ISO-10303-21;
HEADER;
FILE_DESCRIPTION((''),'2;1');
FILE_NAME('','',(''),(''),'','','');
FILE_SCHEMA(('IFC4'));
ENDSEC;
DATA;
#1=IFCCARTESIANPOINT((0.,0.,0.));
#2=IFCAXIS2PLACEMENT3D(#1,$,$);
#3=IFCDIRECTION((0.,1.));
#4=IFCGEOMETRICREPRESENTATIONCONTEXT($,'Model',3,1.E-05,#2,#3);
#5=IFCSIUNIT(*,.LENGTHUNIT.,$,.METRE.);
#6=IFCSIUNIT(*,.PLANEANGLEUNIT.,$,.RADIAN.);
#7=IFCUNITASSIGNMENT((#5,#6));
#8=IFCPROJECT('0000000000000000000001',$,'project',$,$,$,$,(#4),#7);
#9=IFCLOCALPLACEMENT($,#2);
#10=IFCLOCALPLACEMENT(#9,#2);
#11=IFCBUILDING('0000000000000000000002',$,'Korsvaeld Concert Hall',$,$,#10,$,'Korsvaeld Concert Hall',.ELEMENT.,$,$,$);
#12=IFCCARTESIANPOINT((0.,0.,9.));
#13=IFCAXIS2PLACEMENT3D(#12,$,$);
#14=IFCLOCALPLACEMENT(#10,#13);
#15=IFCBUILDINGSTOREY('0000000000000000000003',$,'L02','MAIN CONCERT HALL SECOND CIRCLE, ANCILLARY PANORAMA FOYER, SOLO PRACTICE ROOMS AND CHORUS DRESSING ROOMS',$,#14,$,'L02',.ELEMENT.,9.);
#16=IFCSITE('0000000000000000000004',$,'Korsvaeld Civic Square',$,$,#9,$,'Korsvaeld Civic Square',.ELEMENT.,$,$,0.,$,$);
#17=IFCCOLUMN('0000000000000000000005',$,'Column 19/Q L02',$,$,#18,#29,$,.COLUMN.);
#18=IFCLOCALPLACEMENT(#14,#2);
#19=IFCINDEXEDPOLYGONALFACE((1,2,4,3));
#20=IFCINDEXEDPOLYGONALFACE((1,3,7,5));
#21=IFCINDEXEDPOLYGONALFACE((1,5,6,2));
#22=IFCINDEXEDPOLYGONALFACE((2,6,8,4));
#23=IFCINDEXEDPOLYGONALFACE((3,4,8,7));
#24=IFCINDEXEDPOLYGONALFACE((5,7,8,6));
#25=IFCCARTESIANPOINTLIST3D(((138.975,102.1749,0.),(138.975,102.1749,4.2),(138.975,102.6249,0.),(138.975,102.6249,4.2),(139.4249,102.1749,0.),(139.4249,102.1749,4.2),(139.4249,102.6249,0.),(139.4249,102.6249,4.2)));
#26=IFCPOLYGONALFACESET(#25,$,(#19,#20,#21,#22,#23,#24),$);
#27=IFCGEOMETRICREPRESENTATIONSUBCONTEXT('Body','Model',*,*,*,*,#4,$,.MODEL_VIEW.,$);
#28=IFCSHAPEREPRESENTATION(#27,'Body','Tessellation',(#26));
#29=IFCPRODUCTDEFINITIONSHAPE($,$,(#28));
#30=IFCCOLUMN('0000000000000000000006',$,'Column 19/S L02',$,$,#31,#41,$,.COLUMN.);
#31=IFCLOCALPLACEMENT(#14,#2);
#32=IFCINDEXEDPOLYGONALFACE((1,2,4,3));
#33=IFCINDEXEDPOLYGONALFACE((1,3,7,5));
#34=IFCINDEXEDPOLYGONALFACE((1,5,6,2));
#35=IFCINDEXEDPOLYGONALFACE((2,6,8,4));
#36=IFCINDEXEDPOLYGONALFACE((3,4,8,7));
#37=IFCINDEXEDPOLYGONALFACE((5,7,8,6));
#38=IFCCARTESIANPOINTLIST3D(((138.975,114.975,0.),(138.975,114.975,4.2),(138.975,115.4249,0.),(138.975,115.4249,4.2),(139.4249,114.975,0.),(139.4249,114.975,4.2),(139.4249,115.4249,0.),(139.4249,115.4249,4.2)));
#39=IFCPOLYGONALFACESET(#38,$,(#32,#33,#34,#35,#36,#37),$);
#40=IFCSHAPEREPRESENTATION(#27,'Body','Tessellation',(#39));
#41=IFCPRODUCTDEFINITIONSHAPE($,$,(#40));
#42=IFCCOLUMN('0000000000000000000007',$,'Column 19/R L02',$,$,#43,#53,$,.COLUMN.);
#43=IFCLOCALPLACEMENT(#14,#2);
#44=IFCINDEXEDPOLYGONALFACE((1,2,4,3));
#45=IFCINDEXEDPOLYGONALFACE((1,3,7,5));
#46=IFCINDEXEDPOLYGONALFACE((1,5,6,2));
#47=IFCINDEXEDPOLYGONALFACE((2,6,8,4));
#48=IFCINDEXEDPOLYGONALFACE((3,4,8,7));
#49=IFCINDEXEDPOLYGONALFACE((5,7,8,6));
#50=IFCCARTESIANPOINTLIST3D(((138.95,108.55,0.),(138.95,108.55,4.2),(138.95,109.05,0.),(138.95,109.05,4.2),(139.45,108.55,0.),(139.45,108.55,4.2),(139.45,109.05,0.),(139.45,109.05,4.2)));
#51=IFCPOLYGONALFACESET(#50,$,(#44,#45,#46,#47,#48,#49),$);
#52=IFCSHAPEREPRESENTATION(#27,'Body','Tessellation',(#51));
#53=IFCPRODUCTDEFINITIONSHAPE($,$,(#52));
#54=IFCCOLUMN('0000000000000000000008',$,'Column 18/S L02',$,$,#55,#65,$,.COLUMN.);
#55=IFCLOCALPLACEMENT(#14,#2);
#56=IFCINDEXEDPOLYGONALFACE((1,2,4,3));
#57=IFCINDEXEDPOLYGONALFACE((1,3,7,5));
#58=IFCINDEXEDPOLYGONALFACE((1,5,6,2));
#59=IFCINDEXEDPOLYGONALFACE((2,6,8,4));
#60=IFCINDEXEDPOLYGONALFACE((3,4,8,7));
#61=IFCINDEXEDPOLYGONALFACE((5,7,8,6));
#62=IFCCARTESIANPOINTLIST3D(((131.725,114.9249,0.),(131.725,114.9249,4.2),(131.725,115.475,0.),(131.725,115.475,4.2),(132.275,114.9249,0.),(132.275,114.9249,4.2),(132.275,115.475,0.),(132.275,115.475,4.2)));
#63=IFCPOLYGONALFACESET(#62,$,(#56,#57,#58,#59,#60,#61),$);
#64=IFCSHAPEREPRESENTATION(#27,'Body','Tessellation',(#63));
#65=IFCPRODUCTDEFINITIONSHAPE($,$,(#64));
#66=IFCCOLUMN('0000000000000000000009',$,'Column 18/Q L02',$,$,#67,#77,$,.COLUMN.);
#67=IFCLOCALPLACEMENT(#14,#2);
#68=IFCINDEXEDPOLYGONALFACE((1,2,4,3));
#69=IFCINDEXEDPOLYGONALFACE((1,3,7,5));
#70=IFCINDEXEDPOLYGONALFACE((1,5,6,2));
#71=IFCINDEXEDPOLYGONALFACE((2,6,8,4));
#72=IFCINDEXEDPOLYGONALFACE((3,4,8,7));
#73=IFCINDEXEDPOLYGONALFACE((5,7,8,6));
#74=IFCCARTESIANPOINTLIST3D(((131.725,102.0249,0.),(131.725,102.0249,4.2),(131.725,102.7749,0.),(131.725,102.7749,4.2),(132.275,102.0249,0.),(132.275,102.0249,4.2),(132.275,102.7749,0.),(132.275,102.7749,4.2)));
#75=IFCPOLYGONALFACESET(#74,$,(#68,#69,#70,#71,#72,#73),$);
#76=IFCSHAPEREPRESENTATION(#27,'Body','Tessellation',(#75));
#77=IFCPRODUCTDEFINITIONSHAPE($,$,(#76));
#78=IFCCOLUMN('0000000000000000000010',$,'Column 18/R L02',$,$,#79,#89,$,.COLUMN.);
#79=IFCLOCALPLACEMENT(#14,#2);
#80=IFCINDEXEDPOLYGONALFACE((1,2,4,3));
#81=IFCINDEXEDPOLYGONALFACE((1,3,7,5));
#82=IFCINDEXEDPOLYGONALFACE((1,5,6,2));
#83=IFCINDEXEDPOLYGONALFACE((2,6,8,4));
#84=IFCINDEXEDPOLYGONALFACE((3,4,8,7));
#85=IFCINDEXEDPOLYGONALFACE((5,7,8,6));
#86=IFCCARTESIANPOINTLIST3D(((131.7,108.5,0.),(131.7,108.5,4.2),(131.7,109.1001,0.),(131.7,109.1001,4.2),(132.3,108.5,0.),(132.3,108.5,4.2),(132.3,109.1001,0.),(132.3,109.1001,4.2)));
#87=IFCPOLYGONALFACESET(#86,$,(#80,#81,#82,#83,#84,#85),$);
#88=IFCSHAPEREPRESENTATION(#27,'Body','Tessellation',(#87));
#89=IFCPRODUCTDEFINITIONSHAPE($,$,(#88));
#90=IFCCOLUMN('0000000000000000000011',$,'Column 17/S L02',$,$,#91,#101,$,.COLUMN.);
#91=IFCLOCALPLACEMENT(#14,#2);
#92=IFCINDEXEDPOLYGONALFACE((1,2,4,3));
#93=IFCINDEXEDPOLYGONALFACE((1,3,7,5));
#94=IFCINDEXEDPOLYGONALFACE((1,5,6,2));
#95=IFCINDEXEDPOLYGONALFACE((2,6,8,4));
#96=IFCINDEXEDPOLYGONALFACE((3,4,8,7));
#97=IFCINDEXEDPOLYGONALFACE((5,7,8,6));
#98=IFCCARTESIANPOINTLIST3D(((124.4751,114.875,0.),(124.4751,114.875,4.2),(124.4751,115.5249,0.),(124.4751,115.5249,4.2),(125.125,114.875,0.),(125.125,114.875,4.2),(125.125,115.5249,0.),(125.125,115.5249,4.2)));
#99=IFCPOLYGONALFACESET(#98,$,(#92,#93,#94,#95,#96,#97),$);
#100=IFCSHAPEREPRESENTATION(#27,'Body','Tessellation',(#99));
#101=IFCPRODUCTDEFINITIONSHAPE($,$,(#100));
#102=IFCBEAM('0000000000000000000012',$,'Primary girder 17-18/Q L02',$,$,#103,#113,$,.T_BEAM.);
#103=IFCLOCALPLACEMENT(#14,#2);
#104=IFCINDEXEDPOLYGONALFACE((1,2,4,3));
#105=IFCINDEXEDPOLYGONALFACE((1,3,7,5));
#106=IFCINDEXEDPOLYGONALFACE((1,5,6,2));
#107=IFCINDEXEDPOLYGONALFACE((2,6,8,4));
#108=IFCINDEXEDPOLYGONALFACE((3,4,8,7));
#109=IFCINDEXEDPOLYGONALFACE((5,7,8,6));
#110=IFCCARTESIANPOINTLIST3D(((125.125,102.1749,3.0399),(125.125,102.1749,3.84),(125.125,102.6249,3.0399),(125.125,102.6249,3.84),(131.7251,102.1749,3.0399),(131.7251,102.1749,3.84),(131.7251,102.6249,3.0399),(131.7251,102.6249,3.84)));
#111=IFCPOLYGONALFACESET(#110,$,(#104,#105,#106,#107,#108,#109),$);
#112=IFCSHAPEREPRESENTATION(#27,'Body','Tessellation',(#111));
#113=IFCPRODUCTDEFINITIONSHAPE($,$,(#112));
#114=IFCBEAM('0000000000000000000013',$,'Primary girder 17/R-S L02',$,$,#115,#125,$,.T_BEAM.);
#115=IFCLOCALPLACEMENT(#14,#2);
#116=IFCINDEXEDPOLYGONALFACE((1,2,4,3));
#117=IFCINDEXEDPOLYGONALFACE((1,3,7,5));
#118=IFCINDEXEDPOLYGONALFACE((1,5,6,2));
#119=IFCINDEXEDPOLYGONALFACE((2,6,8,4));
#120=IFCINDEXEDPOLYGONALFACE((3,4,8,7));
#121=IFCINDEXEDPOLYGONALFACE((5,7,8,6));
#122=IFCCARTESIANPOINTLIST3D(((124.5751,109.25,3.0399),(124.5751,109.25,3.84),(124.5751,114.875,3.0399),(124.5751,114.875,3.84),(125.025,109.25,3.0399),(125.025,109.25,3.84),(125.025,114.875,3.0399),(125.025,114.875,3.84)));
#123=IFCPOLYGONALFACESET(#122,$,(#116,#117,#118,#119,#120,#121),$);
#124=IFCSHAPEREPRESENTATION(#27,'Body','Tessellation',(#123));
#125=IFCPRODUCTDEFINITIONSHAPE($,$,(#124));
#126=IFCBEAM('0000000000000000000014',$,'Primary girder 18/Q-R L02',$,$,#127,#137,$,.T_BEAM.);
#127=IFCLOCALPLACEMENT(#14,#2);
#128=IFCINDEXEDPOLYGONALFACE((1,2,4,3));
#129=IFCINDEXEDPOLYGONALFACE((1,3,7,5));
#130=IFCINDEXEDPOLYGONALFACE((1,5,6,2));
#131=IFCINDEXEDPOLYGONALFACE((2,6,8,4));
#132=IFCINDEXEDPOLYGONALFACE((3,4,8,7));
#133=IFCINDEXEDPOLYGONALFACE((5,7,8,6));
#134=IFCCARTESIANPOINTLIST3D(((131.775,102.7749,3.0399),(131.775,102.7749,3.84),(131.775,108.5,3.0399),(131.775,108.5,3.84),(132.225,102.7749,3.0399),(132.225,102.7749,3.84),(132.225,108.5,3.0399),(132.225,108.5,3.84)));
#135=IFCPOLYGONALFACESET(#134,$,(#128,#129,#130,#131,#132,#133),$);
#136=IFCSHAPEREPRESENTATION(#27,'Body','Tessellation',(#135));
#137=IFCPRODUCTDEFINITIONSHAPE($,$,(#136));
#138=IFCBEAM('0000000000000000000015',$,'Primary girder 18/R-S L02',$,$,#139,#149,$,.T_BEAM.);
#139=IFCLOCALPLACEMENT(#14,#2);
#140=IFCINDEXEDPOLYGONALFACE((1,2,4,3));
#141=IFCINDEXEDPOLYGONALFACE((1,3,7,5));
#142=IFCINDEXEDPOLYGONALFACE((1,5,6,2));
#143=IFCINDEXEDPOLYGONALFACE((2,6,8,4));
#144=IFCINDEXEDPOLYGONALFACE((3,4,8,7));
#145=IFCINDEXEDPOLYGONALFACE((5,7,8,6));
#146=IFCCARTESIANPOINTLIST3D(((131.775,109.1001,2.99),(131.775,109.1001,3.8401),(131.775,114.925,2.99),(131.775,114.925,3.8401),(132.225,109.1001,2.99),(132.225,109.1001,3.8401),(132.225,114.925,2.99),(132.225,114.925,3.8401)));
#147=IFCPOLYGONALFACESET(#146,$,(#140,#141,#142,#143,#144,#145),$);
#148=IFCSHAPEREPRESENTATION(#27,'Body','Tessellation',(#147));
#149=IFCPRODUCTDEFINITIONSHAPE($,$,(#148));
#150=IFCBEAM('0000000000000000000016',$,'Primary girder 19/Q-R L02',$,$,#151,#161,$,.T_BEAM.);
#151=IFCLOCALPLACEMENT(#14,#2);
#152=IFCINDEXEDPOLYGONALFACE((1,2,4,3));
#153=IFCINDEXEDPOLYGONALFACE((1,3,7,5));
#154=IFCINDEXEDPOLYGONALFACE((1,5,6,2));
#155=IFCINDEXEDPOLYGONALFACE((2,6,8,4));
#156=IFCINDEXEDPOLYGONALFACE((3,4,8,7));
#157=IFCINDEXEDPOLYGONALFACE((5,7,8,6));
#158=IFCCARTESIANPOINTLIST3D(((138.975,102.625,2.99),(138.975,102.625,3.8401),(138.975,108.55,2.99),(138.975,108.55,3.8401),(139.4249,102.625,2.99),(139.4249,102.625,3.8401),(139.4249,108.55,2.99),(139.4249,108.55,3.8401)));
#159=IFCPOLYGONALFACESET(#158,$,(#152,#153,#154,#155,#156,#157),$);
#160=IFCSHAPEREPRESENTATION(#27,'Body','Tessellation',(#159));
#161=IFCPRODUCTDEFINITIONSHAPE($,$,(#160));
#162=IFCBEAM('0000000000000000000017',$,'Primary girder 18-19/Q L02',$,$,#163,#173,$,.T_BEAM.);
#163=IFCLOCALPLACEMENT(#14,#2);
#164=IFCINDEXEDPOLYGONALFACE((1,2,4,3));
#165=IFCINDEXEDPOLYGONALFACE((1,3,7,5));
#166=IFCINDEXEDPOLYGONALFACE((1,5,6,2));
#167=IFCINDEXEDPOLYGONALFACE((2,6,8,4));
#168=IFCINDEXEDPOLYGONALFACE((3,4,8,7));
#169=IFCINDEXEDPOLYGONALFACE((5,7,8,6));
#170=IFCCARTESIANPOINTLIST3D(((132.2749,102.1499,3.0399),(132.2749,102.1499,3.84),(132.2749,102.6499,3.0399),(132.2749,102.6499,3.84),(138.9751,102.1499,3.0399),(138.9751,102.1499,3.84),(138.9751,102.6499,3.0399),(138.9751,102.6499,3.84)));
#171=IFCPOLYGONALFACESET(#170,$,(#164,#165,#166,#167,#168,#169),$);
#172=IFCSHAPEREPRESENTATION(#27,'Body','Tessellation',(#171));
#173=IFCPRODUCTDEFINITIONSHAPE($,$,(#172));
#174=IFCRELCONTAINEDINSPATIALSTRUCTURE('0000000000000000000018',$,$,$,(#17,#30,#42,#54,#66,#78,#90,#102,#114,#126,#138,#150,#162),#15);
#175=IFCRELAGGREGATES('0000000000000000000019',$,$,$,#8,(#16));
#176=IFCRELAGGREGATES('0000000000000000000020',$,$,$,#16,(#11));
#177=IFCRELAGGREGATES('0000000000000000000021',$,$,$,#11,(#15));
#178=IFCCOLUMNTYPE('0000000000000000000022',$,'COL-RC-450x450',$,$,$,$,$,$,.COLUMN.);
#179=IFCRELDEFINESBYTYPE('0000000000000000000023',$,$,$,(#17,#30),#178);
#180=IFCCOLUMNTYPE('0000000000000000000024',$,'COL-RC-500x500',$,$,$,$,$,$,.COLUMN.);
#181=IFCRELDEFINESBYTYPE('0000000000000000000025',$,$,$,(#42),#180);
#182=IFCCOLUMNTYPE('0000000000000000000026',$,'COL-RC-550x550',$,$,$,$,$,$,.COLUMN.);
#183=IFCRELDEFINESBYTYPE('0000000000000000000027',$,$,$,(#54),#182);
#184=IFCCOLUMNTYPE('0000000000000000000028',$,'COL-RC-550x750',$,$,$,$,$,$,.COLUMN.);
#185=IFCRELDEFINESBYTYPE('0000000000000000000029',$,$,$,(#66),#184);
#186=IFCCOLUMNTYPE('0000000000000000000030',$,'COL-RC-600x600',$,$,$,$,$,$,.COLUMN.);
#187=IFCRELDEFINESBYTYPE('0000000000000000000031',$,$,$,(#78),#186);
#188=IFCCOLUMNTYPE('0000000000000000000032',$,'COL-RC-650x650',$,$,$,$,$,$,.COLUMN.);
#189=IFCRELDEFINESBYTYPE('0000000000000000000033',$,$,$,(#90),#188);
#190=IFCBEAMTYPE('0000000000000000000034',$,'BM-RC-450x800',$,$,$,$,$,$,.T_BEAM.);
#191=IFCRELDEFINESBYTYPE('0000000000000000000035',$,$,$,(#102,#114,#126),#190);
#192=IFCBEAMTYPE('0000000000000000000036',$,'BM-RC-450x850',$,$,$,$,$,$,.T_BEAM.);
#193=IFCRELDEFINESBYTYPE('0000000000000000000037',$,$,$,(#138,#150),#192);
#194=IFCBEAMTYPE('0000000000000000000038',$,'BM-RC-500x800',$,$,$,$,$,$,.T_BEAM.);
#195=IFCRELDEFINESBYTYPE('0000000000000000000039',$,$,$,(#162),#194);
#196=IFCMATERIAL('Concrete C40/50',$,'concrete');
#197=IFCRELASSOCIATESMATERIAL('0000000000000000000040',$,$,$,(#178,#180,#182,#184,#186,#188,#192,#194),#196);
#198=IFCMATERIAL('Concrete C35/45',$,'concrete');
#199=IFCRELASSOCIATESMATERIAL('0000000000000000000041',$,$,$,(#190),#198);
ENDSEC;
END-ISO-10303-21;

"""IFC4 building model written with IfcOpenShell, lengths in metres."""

from ifc_helpers import new_model, si_unit, direction, frame, origin, origin_2d, place, context, subcontext, project, spatial, rectangle, extrude, material, material_profile, profile_set, type_object, element, save


model = new_model("IFC4")

# Units and contexts
model_context = context("Model", 3, precision=1e-05, world=origin(), true_north=direction((0.0, 1.0)))
body_context = subcontext(model_context, "Body", "Model", "MODEL_VIEW")
ifc_project = project(units=[si_unit("LENGTHUNIT", "METRE"), si_unit("PLANEANGLEUNIT", "RADIAN")], contexts=[model_context])

# Site, building, storey
site_placement = place(None, origin())
site = spatial("IfcSite", under=ifc_project, at=site_placement, Name="Korsvaeld Civic Square", LongName="Korsvaeld Civic Square", CompositionType="ELEMENT", RefElevation=0.0)
building_placement = place(site_placement, origin())
building = spatial("IfcBuilding", under=site, at=building_placement, Name="Korsvaeld Concert Hall", LongName="Korsvaeld Concert Hall", CompositionType="ELEMENT")
storey_placement = place(building_placement, frame((0.0, 0.0, 9.0)))
storey = spatial("IfcBuildingStorey", under=building, at=storey_placement, Name="L02", Description="MAIN CONCERT HALL SECOND CIRCLE, ANCILLARY PANORAMA FOYER, SOLO PRACTICE ROOMS AND CHORUS DRESSING ROOMS", LongName="L02", CompositionType="ELEMENT", Elevation=9.0)

# Columns
ifc_material_1 = material(Name="Concrete C40/50", Category="concrete")
ifc_material_profile_1 = material_profile(ifc_material_1, rectangle(XDim=0.45, YDim=0.45, at=origin_2d()), Name="RC 450x450")
ifc_profile_set_1 = profile_set([ifc_material_profile_1], Name="Concrete C40/50")
column_type_1 = type_object("IfcColumnType", Name="COL-RC-450x450", PredefinedType="COLUMN", material=ifc_profile_set_1)
for number, where, z_axis, x_axis, name in (
    (1, (139.2, 102.3999, 0.0), (0.0, 0.0, 1.0), (1.0, 0.0, 0.0), "Column 19/Q L02"),
    (2, (139.2, 115.2, 0.0), (0.0, 0.0, 1.0), (1.0, 0.0, 0.0), "Column 19/S L02"),
):
    element("IfcColumn", number, at=place(storey_placement, frame(where, z_axis=z_axis, x_axis=x_axis)), inside=storey, type_object=column_type_1, Name=name, PredefinedType="COLUMN", context=body_context, shape_type="SweptSolid", body=[
        extrude(rectangle(XDim=0.45, YDim=0.45, at=origin_2d()), origin(), (0.0, 0.0, 1.0), 4.2),
    ])
ifc_material_profile_2 = material_profile(ifc_material_1, rectangle(XDim=0.5, YDim=0.5, at=origin_2d()), Name="RC 500x500")
ifc_profile_set_2 = profile_set([ifc_material_profile_2], Name="Concrete C40/50")
column_type_2 = type_object("IfcColumnType", Name="COL-RC-500x500", PredefinedType="COLUMN", material=ifc_profile_set_2)
column_1_placement = place(storey_placement, frame((139.2, 108.8, 0.0), z_axis=(0.0, 0.0, 1.0), x_axis=(1.0, 0.0, 0.0)))
element("IfcColumn", 3, at=column_1_placement, inside=storey, type_object=column_type_2, Name="Column 19/R L02", PredefinedType="COLUMN", context=body_context, shape_type="SweptSolid", body=[
    extrude(rectangle(XDim=0.5, YDim=0.5, at=origin_2d()), origin(), (0.0, 0.0, 1.0), 4.2),
])
ifc_material_profile_3 = material_profile(ifc_material_1, rectangle(XDim=0.55, YDim=0.55, at=origin_2d()), Name="RC 550x550")
ifc_profile_set_3 = profile_set([ifc_material_profile_3], Name="Concrete C40/50")
column_type_3 = type_object("IfcColumnType", Name="COL-RC-550x550", PredefinedType="COLUMN", material=ifc_profile_set_3)
column_2_placement = place(storey_placement, frame((132.0, 115.2, 0.0), z_axis=(0.0, 0.0, 1.0), x_axis=(1.0, 0.0, 0.0)))
element("IfcColumn", 4, at=column_2_placement, inside=storey, type_object=column_type_3, Name="Column 18/S L02", PredefinedType="COLUMN", context=body_context, shape_type="SweptSolid", body=[
    extrude(rectangle(XDim=0.55, YDim=0.55, at=origin_2d()), origin(), (0.0, 0.0, 1.0), 4.2),
])
ifc_material_profile_4 = material_profile(ifc_material_1, rectangle(XDim=0.55, YDim=0.75, at=origin_2d()), Name="RC 550x750")
ifc_profile_set_4 = profile_set([ifc_material_profile_4], Name="Concrete C40/50")
column_type_4 = type_object("IfcColumnType", Name="COL-RC-550x750", PredefinedType="COLUMN", material=ifc_profile_set_4)
column_3_placement = place(storey_placement, frame((132.0, 102.3999, 0.0), z_axis=(0.0, 0.0, 1.0), x_axis=(1.0, 0.0, 0.0)))
element("IfcColumn", 5, at=column_3_placement, inside=storey, type_object=column_type_4, Name="Column 18/Q L02", PredefinedType="COLUMN", context=body_context, shape_type="SweptSolid", body=[
    extrude(rectangle(XDim=0.55, YDim=0.75, at=origin_2d()), origin(), (0.0, 0.0, 1.0), 4.2),
])
ifc_material_profile_5 = material_profile(ifc_material_1, rectangle(XDim=0.6001, YDim=0.6001, at=origin_2d()), Name="RC 600x600")
ifc_profile_set_5 = profile_set([ifc_material_profile_5], Name="Concrete C40/50")
column_type_5 = type_object("IfcColumnType", Name="COL-RC-600x600", PredefinedType="COLUMN", material=ifc_profile_set_5)
column_4_placement = place(storey_placement, frame((132.0, 108.8, 0.0), z_axis=(0.0, 0.0, 1.0), x_axis=(1.0, 0.0, 0.0)))
element("IfcColumn", 6, at=column_4_placement, inside=storey, type_object=column_type_5, Name="Column 18/R L02", PredefinedType="COLUMN", context=body_context, shape_type="SweptSolid", body=[
    extrude(rectangle(XDim=0.6001, YDim=0.6001, at=origin_2d()), origin(), (0.0, 0.0, 1.0), 4.2),
])
ifc_material_profile_6 = material_profile(ifc_material_1, rectangle(XDim=0.6499, YDim=0.6499, at=origin_2d()), Name="RC 650x650")
ifc_profile_set_6 = profile_set([ifc_material_profile_6], Name="Concrete C40/50")
column_type_6 = type_object("IfcColumnType", Name="COL-RC-650x650", PredefinedType="COLUMN", material=ifc_profile_set_6)
column_5_placement = place(storey_placement, frame((124.8, 115.2, 0.0), z_axis=(0.0, 0.0, 1.0), x_axis=(1.0, 0.0, 0.0)))
element("IfcColumn", 7, at=column_5_placement, inside=storey, type_object=column_type_6, Name="Column 17/S L02", PredefinedType="COLUMN", context=body_context, shape_type="SweptSolid", body=[
    extrude(rectangle(XDim=0.6499, YDim=0.6499, at=origin_2d()), origin(), (0.0, 0.0, 1.0), 4.2),
])

# Beams
ifc_material_2 = material(Name="Concrete C35/45", Category="concrete")
ifc_material_profile_7 = material_profile(ifc_material_2, rectangle(XDim=0.45, YDim=0.8, at=origin_2d()), Name="RC 450x800")
ifc_profile_set_7 = profile_set([ifc_material_profile_7], Name="Concrete C35/45")
beam_type_1 = type_object("IfcBeamType", Name="BM-RC-450x800", PredefinedType="T_BEAM", material=ifc_profile_set_7)
beam_1_placement = place(storey_placement, frame((125.125, 102.3999, 3.4399), z_axis=(1.0, 0.0, 0.0), x_axis=(0.0, 1.0, 0.0)))
element("IfcBeam", 8, at=beam_1_placement, inside=storey, type_object=beam_type_1, Name="Primary girder 17-18/Q L02", PredefinedType="T_BEAM", context=body_context, shape_type="SweptSolid", body=[
    extrude(rectangle(XDim=0.45, YDim=0.8, at=origin_2d()), origin(), (0.0, 0.0, 1.0), 6.6001),
])
beam_2_placement = place(storey_placement, frame((124.8, 109.25, 3.4399), z_axis=(0.0, 1.0, 0.0), x_axis=(-1.0, 0.0, 0.0)))
element("IfcBeam", 9, at=beam_2_placement, inside=storey, type_object=beam_type_1, Name="Primary girder 17/R-S L02", PredefinedType="T_BEAM", context=body_context, shape_type="SweptSolid", body=[
    extrude(rectangle(XDim=0.45, YDim=0.8, at=origin_2d()), origin(), (0.0, 0.0, 1.0), 5.625),
])
beam_3_placement = place(storey_placement, frame((132.0, 102.7749, 3.4399), z_axis=(0.0, 1.0, 0.0), x_axis=(-1.0, 0.0, 0.0)))
element("IfcBeam", 10, at=beam_3_placement, inside=storey, type_object=beam_type_1, Name="Primary girder 18/Q-R L02", PredefinedType="T_BEAM", context=body_context, shape_type="SweptSolid", body=[
    extrude(rectangle(XDim=0.45, YDim=0.8, at=origin_2d()), origin(), (0.0, 0.0, 1.0), 5.7251),
])
ifc_material_profile_8 = material_profile(ifc_material_1, rectangle(XDim=0.45, YDim=0.8501, at=origin_2d()), Name="RC 450x850")
ifc_profile_set_8 = profile_set([ifc_material_profile_8], Name="Concrete C40/50")
beam_type_2 = type_object("IfcBeamType", Name="BM-RC-450x850", PredefinedType="T_BEAM", material=ifc_profile_set_8)
beam_4_placement = place(storey_placement, frame((132.0, 109.1001, 3.415), z_axis=(0.0, 1.0, 0.0), x_axis=(-1.0, 0.0, 0.0)))
element("IfcBeam", 11, at=beam_4_placement, inside=storey, type_object=beam_type_2, Name="Primary girder 18/R-S L02", PredefinedType="T_BEAM", context=body_context, shape_type="SweptSolid", body=[
    extrude(rectangle(XDim=0.45, YDim=0.8501, at=origin_2d()), origin(), (0.0, 0.0, 1.0), 5.825),
])
beam_5_placement = place(storey_placement, frame((139.2, 102.625, 3.415), z_axis=(0.0, 1.0, 0.0), x_axis=(-1.0, 0.0, 0.0)))
element("IfcBeam", 12, at=beam_5_placement, inside=storey, type_object=beam_type_2, Name="Primary girder 19/Q-R L02", PredefinedType="T_BEAM", context=body_context, shape_type="SweptSolid", body=[
    extrude(rectangle(XDim=0.45, YDim=0.8501, at=origin_2d()), origin(), (0.0, 0.0, 1.0), 5.925),
])
ifc_material_profile_9 = material_profile(ifc_material_1, rectangle(XDim=0.5, YDim=0.8, at=origin_2d()), Name="RC 500x800")
ifc_profile_set_9 = profile_set([ifc_material_profile_9], Name="Concrete C40/50")
beam_type_3 = type_object("IfcBeamType", Name="BM-RC-500x800", PredefinedType="T_BEAM", material=ifc_profile_set_9)
beam_6_placement = place(storey_placement, frame((132.2749, 102.3999, 3.4399), z_axis=(1.0, 0.0, 0.0), x_axis=(0.0, 1.0, 0.0)))
element("IfcBeam", 13, at=beam_6_placement, inside=storey, type_object=beam_type_3, Name="Primary girder 18-19/Q L02", PredefinedType="T_BEAM", context=body_context, shape_type="SweptSolid", body=[
    extrude(rectangle(XDim=0.5, YDim=0.8, at=origin_2d()), origin(), (0.0, 0.0, 1.0), 6.7002),
])

save(model, "model.ifc")
